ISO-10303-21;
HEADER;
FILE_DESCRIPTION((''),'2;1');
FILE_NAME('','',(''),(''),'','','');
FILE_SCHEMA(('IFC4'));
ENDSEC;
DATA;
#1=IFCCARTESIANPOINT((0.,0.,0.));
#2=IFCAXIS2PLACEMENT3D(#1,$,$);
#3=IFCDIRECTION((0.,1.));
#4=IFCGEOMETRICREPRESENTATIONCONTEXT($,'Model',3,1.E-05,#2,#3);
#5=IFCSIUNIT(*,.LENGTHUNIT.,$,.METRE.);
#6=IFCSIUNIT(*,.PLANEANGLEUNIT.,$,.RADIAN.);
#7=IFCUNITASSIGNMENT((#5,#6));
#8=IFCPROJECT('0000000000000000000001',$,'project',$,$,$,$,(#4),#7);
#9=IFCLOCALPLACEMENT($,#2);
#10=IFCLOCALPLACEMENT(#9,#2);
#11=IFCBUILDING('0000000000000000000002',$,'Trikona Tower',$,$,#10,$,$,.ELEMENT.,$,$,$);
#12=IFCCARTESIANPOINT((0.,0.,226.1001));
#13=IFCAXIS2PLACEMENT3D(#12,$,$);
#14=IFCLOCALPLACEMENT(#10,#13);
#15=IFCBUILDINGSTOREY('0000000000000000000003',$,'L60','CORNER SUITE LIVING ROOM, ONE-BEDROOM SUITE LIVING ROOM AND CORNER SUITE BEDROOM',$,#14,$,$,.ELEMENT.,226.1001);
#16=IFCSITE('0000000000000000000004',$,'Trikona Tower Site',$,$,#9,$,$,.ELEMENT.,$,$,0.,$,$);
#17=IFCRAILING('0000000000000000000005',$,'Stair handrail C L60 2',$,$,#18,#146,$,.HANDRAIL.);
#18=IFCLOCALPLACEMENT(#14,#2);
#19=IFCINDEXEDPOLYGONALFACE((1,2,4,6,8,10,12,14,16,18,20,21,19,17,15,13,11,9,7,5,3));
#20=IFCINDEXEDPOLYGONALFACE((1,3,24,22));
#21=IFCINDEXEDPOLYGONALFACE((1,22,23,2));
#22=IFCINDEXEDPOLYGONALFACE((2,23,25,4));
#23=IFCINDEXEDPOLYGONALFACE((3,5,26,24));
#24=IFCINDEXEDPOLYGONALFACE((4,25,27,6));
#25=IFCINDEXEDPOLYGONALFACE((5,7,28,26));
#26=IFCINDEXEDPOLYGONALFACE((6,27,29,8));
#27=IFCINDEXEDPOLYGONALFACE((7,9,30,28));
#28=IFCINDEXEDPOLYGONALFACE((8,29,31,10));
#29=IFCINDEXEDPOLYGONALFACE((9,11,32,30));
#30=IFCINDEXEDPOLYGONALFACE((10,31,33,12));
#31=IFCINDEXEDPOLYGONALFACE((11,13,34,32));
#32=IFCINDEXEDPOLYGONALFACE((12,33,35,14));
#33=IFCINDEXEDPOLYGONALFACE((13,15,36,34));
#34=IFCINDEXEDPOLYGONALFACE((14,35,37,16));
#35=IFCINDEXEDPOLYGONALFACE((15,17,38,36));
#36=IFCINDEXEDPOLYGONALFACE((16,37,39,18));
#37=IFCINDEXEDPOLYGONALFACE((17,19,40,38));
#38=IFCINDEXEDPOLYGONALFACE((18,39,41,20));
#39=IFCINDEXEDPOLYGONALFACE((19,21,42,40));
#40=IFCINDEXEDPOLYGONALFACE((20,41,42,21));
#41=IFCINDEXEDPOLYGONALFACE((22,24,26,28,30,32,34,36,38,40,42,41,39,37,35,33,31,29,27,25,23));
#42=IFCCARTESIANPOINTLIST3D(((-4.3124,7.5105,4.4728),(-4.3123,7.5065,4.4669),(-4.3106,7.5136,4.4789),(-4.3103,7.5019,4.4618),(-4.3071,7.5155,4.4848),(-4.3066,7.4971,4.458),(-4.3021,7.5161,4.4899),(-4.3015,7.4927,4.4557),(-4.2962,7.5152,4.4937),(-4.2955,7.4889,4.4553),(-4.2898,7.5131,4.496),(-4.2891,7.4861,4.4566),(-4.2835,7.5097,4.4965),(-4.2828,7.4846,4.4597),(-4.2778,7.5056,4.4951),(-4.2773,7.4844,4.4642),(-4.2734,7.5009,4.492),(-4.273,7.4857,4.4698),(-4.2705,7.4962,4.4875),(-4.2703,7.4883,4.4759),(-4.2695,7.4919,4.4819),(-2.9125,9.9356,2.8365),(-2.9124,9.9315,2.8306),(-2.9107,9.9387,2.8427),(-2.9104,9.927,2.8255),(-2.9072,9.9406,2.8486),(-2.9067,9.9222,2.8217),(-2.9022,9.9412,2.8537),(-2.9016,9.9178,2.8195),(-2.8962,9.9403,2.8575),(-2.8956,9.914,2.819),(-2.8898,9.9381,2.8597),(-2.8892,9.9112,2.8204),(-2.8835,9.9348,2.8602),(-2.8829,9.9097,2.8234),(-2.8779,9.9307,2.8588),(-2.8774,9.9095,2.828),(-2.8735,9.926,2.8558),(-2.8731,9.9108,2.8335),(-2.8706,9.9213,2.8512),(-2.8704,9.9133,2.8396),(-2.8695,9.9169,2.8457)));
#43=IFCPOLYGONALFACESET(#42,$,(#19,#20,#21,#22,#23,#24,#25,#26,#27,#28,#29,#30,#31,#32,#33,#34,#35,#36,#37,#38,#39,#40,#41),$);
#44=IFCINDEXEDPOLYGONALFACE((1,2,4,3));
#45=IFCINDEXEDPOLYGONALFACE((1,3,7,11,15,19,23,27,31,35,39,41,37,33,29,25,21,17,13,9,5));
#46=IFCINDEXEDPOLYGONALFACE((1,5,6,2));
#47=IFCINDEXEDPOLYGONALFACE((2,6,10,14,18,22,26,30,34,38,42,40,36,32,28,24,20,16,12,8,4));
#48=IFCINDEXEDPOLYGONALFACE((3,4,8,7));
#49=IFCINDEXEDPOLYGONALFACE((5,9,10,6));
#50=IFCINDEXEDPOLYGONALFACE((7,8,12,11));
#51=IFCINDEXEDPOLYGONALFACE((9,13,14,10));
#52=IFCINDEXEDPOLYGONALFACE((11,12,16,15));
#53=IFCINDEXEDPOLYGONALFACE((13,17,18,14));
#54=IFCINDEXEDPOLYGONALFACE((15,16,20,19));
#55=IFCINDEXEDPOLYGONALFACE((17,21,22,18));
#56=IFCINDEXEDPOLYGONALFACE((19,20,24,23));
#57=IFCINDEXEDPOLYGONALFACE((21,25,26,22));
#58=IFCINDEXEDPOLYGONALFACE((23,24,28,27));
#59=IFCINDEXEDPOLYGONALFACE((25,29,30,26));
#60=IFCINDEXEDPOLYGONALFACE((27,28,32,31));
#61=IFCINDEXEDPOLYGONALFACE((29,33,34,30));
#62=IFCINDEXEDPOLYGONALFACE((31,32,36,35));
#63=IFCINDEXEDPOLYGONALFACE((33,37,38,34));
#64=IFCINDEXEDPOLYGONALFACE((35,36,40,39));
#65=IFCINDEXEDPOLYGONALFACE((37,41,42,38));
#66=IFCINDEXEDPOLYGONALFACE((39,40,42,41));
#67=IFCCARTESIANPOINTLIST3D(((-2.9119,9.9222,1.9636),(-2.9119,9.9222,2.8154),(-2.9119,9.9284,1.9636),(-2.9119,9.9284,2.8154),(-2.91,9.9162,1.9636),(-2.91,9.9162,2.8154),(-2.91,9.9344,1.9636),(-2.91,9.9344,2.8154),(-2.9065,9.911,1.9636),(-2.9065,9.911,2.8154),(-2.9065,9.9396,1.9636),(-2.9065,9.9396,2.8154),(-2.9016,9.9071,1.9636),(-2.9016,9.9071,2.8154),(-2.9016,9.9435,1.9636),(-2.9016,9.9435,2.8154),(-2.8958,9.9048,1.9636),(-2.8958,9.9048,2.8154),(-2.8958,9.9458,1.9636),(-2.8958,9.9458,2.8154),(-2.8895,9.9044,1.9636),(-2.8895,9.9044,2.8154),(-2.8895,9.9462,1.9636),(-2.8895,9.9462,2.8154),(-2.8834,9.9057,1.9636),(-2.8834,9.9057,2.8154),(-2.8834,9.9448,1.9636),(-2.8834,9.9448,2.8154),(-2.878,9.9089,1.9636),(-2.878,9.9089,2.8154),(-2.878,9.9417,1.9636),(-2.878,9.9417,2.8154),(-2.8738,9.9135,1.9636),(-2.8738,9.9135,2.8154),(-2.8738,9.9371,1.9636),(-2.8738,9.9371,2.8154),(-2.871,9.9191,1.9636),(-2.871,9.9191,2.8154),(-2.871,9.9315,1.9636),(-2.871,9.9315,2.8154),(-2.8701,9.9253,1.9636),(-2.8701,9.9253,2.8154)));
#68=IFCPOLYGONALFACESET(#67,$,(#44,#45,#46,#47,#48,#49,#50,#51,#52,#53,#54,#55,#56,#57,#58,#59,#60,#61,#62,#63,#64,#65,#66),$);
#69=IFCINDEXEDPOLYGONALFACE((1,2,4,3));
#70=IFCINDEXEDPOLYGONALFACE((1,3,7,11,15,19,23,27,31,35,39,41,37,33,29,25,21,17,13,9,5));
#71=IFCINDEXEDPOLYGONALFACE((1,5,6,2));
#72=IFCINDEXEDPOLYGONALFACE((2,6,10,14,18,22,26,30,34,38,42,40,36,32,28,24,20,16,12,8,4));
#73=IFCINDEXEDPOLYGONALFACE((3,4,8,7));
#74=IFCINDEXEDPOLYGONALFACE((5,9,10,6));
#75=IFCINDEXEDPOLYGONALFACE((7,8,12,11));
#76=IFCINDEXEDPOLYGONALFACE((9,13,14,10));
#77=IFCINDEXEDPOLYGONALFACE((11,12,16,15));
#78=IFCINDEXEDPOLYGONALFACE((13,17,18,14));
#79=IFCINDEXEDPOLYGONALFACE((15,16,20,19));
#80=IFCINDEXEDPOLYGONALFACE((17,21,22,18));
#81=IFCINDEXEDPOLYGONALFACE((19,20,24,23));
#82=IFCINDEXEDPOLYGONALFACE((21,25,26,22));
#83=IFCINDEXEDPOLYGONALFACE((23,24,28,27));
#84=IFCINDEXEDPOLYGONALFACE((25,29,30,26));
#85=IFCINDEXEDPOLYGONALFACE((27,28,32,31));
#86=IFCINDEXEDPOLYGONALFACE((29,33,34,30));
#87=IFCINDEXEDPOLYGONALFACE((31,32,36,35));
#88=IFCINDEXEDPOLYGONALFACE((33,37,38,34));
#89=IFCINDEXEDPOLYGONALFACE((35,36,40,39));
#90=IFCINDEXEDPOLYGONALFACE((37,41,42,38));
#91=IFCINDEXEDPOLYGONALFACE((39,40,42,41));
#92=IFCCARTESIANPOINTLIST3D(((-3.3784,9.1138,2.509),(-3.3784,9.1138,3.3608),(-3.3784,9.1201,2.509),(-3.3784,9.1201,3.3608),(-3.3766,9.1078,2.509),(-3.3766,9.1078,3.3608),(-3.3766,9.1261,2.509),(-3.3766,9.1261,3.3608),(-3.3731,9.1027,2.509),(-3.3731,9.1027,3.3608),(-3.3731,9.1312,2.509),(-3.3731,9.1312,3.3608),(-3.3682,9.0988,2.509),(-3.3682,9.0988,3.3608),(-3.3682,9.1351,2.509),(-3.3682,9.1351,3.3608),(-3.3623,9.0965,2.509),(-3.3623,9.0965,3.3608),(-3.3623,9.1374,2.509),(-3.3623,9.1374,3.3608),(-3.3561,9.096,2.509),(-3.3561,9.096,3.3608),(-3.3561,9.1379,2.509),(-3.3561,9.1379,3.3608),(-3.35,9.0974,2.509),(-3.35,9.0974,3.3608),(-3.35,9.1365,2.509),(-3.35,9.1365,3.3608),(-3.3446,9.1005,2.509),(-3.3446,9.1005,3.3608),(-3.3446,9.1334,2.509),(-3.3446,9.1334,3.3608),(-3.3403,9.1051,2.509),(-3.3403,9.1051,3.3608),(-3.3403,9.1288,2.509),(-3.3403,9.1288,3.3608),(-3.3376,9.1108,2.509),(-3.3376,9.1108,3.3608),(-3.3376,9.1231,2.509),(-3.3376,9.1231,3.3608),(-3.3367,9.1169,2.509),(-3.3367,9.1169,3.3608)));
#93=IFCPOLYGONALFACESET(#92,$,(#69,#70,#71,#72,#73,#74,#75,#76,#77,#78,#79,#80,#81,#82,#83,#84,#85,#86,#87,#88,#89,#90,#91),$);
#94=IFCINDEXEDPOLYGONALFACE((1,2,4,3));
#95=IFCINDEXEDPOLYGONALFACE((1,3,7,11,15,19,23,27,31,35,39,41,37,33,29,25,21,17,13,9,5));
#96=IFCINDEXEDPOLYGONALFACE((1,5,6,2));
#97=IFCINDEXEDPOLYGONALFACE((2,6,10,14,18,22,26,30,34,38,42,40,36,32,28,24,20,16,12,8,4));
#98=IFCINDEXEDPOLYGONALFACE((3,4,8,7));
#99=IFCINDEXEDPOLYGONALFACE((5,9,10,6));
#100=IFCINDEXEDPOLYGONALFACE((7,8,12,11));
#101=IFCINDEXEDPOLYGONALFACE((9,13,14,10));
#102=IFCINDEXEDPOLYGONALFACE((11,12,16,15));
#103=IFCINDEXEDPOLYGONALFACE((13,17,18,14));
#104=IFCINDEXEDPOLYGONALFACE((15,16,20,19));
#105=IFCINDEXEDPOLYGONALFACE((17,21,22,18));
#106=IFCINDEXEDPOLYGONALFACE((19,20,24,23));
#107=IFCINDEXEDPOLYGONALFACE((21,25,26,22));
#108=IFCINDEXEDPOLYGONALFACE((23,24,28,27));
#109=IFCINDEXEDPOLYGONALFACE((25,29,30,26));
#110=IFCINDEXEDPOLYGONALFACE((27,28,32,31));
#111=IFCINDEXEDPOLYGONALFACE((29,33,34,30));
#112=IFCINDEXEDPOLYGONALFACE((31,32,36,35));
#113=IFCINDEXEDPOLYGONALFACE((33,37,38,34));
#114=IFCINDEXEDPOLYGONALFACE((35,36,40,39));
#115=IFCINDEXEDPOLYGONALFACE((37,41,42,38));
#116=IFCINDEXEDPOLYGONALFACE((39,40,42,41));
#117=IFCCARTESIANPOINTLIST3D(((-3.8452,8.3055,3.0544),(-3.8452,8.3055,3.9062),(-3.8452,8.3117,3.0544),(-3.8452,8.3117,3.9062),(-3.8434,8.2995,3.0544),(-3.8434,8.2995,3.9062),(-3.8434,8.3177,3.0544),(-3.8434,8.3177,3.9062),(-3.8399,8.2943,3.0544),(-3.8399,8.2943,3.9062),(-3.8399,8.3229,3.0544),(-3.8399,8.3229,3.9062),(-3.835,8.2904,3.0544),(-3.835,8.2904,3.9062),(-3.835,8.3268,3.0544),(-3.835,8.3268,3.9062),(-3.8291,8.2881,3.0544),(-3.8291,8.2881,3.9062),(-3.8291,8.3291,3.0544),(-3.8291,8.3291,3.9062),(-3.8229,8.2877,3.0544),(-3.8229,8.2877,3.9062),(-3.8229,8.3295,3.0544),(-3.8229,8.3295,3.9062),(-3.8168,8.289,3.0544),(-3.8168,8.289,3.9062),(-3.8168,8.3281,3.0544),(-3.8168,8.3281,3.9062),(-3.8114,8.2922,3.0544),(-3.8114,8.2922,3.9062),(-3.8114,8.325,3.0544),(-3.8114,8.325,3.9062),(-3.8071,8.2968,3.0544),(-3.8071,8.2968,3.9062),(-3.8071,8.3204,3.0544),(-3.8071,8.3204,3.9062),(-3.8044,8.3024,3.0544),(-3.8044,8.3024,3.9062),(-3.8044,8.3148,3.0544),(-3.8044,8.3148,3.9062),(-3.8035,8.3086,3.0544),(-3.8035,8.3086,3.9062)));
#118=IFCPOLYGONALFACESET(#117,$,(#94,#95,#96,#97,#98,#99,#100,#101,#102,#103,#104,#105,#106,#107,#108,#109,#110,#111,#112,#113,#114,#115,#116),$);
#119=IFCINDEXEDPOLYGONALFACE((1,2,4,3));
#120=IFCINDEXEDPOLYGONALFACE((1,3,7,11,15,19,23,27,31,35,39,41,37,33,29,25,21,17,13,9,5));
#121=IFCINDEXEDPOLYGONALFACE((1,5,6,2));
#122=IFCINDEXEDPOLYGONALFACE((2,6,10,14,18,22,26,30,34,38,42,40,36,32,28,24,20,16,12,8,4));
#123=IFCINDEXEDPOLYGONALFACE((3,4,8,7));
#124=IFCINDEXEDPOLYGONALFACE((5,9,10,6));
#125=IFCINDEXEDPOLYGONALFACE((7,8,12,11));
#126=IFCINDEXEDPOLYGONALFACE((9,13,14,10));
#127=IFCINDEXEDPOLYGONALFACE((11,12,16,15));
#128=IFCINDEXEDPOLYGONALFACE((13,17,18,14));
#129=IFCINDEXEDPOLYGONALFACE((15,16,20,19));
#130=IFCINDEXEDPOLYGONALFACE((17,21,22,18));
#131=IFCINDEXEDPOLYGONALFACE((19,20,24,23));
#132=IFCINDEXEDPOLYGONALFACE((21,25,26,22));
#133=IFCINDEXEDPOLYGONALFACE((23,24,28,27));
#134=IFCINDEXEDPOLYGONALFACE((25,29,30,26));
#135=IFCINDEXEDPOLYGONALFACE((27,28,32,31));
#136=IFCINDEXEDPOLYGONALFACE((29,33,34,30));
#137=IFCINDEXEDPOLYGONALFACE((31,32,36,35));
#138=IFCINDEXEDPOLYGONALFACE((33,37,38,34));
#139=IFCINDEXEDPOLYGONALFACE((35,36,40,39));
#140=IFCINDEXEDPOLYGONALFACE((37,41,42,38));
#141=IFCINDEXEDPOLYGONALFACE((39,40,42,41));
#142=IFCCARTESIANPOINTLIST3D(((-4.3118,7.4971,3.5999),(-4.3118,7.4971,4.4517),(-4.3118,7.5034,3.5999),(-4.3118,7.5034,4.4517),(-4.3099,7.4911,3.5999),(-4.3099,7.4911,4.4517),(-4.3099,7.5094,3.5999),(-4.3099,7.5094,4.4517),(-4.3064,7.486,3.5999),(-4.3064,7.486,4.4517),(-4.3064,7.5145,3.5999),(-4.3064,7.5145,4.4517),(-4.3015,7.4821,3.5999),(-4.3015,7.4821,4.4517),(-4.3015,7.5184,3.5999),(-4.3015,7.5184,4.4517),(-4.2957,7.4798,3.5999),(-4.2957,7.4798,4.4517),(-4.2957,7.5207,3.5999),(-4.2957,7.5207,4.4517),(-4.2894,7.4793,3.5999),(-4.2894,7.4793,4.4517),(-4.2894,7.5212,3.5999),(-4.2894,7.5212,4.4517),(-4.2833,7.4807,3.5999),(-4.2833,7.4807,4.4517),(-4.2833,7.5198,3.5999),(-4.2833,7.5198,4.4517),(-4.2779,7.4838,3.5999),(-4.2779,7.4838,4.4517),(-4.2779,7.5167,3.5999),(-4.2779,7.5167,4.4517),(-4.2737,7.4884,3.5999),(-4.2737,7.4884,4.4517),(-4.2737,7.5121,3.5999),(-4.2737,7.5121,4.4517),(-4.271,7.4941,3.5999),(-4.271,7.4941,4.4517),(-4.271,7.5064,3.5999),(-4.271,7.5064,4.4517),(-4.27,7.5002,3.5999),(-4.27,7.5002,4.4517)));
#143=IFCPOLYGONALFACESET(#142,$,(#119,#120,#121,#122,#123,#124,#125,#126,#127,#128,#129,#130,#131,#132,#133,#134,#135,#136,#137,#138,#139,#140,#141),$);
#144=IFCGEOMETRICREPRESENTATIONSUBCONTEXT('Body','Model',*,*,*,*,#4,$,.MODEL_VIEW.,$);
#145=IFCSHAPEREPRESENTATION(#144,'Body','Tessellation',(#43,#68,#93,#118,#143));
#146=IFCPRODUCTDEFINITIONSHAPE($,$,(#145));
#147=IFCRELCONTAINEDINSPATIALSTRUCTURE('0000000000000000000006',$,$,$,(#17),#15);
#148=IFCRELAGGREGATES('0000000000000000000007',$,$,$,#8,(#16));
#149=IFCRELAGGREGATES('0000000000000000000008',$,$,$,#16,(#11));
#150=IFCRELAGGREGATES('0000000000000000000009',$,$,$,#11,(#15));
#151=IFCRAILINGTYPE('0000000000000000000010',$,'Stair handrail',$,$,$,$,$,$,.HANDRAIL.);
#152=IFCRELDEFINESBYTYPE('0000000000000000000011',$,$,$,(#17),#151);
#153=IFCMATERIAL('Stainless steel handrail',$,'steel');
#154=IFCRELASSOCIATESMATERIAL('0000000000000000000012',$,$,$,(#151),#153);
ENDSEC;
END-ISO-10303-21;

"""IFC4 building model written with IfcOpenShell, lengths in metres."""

from ifc_helpers import new_model, si_unit, direction, frame, origin, origin_2d, place, context, subcontext, project, spatial, circle, extrude, material, type_object, element, save


model = new_model("IFC4")

# Units and contexts
model_context = context("Model", 3, precision=1e-05, world=origin(), true_north=direction((0.0, 1.0)))
body_context = subcontext(model_context, "Body", "Model", "MODEL_VIEW")
ifc_project = project(units=[si_unit("LENGTHUNIT", "METRE"), si_unit("PLANEANGLEUNIT", "RADIAN")], contexts=[model_context])

# Site, building, storey
site_placement = place(None, origin())
site = spatial("IfcSite", under=ifc_project, at=site_placement, Name="Trikona Tower Site", CompositionType="ELEMENT", RefElevation=0.0)
building_placement = place(site_placement, origin())
building = spatial("IfcBuilding", under=site, at=building_placement, Name="Trikona Tower", CompositionType="ELEMENT")
storey_placement = place(building_placement, frame((0.0, 0.0, 226.1001)))
storey = spatial("IfcBuildingStorey", under=building, at=storey_placement, Name="L60", Description="CORNER SUITE LIVING ROOM, ONE-BEDROOM SUITE LIVING ROOM AND CORNER SUITE BEDROOM", CompositionType="ELEMENT", Elevation=226.1001)

# Railing
ifc_material_1 = material(Name="Stainless steel handrail", Category="steel")
railing_type = type_object("IfcRailingType", Name="Stair handrail", PredefinedType="HANDRAIL", material=ifc_material_1)
railing_1_placement = place(storey_placement, frame((-2.8911, 9.9253, 1.9636)))
element("IfcRailing", 1, at=railing_1_placement, inside=storey, type_object=railing_type, Name="Stair handrail C L60 2", PredefinedType="HANDRAIL", context=body_context, shape_type="SweptSolid", body=[
    extrude(circle(Radius=0.0239, at=origin_2d()), frame((0.0, 0.0, 0.876), z_axis=(-0.431653, -0.747751, 0.504523), x_axis=(0.866056, -0.499946, 0.0)), (0.0, 0.0, 1.0), 3.2432),
    extrude(circle(Radius=0.021, at=origin_2d()), origin(), (0.0, 0.0, 1.0), 0.8518),
    extrude(circle(Radius=0.021, at=origin_2d()), frame((-0.4666, -0.8083, 0.5454)), (0.0, 0.0, 1.0), 0.8518),
    extrude(circle(Radius=0.021, at=origin_2d()), frame((-0.9333, -1.6167, 1.0908)), (0.0, 0.0, 1.0), 0.8518),
    extrude(circle(Radius=0.021, at=origin_2d()), frame((-1.3999, -2.425, 1.6362)), (0.0, 0.0, 1.0), 0.8518),
])

save(model, "model.ifc")
